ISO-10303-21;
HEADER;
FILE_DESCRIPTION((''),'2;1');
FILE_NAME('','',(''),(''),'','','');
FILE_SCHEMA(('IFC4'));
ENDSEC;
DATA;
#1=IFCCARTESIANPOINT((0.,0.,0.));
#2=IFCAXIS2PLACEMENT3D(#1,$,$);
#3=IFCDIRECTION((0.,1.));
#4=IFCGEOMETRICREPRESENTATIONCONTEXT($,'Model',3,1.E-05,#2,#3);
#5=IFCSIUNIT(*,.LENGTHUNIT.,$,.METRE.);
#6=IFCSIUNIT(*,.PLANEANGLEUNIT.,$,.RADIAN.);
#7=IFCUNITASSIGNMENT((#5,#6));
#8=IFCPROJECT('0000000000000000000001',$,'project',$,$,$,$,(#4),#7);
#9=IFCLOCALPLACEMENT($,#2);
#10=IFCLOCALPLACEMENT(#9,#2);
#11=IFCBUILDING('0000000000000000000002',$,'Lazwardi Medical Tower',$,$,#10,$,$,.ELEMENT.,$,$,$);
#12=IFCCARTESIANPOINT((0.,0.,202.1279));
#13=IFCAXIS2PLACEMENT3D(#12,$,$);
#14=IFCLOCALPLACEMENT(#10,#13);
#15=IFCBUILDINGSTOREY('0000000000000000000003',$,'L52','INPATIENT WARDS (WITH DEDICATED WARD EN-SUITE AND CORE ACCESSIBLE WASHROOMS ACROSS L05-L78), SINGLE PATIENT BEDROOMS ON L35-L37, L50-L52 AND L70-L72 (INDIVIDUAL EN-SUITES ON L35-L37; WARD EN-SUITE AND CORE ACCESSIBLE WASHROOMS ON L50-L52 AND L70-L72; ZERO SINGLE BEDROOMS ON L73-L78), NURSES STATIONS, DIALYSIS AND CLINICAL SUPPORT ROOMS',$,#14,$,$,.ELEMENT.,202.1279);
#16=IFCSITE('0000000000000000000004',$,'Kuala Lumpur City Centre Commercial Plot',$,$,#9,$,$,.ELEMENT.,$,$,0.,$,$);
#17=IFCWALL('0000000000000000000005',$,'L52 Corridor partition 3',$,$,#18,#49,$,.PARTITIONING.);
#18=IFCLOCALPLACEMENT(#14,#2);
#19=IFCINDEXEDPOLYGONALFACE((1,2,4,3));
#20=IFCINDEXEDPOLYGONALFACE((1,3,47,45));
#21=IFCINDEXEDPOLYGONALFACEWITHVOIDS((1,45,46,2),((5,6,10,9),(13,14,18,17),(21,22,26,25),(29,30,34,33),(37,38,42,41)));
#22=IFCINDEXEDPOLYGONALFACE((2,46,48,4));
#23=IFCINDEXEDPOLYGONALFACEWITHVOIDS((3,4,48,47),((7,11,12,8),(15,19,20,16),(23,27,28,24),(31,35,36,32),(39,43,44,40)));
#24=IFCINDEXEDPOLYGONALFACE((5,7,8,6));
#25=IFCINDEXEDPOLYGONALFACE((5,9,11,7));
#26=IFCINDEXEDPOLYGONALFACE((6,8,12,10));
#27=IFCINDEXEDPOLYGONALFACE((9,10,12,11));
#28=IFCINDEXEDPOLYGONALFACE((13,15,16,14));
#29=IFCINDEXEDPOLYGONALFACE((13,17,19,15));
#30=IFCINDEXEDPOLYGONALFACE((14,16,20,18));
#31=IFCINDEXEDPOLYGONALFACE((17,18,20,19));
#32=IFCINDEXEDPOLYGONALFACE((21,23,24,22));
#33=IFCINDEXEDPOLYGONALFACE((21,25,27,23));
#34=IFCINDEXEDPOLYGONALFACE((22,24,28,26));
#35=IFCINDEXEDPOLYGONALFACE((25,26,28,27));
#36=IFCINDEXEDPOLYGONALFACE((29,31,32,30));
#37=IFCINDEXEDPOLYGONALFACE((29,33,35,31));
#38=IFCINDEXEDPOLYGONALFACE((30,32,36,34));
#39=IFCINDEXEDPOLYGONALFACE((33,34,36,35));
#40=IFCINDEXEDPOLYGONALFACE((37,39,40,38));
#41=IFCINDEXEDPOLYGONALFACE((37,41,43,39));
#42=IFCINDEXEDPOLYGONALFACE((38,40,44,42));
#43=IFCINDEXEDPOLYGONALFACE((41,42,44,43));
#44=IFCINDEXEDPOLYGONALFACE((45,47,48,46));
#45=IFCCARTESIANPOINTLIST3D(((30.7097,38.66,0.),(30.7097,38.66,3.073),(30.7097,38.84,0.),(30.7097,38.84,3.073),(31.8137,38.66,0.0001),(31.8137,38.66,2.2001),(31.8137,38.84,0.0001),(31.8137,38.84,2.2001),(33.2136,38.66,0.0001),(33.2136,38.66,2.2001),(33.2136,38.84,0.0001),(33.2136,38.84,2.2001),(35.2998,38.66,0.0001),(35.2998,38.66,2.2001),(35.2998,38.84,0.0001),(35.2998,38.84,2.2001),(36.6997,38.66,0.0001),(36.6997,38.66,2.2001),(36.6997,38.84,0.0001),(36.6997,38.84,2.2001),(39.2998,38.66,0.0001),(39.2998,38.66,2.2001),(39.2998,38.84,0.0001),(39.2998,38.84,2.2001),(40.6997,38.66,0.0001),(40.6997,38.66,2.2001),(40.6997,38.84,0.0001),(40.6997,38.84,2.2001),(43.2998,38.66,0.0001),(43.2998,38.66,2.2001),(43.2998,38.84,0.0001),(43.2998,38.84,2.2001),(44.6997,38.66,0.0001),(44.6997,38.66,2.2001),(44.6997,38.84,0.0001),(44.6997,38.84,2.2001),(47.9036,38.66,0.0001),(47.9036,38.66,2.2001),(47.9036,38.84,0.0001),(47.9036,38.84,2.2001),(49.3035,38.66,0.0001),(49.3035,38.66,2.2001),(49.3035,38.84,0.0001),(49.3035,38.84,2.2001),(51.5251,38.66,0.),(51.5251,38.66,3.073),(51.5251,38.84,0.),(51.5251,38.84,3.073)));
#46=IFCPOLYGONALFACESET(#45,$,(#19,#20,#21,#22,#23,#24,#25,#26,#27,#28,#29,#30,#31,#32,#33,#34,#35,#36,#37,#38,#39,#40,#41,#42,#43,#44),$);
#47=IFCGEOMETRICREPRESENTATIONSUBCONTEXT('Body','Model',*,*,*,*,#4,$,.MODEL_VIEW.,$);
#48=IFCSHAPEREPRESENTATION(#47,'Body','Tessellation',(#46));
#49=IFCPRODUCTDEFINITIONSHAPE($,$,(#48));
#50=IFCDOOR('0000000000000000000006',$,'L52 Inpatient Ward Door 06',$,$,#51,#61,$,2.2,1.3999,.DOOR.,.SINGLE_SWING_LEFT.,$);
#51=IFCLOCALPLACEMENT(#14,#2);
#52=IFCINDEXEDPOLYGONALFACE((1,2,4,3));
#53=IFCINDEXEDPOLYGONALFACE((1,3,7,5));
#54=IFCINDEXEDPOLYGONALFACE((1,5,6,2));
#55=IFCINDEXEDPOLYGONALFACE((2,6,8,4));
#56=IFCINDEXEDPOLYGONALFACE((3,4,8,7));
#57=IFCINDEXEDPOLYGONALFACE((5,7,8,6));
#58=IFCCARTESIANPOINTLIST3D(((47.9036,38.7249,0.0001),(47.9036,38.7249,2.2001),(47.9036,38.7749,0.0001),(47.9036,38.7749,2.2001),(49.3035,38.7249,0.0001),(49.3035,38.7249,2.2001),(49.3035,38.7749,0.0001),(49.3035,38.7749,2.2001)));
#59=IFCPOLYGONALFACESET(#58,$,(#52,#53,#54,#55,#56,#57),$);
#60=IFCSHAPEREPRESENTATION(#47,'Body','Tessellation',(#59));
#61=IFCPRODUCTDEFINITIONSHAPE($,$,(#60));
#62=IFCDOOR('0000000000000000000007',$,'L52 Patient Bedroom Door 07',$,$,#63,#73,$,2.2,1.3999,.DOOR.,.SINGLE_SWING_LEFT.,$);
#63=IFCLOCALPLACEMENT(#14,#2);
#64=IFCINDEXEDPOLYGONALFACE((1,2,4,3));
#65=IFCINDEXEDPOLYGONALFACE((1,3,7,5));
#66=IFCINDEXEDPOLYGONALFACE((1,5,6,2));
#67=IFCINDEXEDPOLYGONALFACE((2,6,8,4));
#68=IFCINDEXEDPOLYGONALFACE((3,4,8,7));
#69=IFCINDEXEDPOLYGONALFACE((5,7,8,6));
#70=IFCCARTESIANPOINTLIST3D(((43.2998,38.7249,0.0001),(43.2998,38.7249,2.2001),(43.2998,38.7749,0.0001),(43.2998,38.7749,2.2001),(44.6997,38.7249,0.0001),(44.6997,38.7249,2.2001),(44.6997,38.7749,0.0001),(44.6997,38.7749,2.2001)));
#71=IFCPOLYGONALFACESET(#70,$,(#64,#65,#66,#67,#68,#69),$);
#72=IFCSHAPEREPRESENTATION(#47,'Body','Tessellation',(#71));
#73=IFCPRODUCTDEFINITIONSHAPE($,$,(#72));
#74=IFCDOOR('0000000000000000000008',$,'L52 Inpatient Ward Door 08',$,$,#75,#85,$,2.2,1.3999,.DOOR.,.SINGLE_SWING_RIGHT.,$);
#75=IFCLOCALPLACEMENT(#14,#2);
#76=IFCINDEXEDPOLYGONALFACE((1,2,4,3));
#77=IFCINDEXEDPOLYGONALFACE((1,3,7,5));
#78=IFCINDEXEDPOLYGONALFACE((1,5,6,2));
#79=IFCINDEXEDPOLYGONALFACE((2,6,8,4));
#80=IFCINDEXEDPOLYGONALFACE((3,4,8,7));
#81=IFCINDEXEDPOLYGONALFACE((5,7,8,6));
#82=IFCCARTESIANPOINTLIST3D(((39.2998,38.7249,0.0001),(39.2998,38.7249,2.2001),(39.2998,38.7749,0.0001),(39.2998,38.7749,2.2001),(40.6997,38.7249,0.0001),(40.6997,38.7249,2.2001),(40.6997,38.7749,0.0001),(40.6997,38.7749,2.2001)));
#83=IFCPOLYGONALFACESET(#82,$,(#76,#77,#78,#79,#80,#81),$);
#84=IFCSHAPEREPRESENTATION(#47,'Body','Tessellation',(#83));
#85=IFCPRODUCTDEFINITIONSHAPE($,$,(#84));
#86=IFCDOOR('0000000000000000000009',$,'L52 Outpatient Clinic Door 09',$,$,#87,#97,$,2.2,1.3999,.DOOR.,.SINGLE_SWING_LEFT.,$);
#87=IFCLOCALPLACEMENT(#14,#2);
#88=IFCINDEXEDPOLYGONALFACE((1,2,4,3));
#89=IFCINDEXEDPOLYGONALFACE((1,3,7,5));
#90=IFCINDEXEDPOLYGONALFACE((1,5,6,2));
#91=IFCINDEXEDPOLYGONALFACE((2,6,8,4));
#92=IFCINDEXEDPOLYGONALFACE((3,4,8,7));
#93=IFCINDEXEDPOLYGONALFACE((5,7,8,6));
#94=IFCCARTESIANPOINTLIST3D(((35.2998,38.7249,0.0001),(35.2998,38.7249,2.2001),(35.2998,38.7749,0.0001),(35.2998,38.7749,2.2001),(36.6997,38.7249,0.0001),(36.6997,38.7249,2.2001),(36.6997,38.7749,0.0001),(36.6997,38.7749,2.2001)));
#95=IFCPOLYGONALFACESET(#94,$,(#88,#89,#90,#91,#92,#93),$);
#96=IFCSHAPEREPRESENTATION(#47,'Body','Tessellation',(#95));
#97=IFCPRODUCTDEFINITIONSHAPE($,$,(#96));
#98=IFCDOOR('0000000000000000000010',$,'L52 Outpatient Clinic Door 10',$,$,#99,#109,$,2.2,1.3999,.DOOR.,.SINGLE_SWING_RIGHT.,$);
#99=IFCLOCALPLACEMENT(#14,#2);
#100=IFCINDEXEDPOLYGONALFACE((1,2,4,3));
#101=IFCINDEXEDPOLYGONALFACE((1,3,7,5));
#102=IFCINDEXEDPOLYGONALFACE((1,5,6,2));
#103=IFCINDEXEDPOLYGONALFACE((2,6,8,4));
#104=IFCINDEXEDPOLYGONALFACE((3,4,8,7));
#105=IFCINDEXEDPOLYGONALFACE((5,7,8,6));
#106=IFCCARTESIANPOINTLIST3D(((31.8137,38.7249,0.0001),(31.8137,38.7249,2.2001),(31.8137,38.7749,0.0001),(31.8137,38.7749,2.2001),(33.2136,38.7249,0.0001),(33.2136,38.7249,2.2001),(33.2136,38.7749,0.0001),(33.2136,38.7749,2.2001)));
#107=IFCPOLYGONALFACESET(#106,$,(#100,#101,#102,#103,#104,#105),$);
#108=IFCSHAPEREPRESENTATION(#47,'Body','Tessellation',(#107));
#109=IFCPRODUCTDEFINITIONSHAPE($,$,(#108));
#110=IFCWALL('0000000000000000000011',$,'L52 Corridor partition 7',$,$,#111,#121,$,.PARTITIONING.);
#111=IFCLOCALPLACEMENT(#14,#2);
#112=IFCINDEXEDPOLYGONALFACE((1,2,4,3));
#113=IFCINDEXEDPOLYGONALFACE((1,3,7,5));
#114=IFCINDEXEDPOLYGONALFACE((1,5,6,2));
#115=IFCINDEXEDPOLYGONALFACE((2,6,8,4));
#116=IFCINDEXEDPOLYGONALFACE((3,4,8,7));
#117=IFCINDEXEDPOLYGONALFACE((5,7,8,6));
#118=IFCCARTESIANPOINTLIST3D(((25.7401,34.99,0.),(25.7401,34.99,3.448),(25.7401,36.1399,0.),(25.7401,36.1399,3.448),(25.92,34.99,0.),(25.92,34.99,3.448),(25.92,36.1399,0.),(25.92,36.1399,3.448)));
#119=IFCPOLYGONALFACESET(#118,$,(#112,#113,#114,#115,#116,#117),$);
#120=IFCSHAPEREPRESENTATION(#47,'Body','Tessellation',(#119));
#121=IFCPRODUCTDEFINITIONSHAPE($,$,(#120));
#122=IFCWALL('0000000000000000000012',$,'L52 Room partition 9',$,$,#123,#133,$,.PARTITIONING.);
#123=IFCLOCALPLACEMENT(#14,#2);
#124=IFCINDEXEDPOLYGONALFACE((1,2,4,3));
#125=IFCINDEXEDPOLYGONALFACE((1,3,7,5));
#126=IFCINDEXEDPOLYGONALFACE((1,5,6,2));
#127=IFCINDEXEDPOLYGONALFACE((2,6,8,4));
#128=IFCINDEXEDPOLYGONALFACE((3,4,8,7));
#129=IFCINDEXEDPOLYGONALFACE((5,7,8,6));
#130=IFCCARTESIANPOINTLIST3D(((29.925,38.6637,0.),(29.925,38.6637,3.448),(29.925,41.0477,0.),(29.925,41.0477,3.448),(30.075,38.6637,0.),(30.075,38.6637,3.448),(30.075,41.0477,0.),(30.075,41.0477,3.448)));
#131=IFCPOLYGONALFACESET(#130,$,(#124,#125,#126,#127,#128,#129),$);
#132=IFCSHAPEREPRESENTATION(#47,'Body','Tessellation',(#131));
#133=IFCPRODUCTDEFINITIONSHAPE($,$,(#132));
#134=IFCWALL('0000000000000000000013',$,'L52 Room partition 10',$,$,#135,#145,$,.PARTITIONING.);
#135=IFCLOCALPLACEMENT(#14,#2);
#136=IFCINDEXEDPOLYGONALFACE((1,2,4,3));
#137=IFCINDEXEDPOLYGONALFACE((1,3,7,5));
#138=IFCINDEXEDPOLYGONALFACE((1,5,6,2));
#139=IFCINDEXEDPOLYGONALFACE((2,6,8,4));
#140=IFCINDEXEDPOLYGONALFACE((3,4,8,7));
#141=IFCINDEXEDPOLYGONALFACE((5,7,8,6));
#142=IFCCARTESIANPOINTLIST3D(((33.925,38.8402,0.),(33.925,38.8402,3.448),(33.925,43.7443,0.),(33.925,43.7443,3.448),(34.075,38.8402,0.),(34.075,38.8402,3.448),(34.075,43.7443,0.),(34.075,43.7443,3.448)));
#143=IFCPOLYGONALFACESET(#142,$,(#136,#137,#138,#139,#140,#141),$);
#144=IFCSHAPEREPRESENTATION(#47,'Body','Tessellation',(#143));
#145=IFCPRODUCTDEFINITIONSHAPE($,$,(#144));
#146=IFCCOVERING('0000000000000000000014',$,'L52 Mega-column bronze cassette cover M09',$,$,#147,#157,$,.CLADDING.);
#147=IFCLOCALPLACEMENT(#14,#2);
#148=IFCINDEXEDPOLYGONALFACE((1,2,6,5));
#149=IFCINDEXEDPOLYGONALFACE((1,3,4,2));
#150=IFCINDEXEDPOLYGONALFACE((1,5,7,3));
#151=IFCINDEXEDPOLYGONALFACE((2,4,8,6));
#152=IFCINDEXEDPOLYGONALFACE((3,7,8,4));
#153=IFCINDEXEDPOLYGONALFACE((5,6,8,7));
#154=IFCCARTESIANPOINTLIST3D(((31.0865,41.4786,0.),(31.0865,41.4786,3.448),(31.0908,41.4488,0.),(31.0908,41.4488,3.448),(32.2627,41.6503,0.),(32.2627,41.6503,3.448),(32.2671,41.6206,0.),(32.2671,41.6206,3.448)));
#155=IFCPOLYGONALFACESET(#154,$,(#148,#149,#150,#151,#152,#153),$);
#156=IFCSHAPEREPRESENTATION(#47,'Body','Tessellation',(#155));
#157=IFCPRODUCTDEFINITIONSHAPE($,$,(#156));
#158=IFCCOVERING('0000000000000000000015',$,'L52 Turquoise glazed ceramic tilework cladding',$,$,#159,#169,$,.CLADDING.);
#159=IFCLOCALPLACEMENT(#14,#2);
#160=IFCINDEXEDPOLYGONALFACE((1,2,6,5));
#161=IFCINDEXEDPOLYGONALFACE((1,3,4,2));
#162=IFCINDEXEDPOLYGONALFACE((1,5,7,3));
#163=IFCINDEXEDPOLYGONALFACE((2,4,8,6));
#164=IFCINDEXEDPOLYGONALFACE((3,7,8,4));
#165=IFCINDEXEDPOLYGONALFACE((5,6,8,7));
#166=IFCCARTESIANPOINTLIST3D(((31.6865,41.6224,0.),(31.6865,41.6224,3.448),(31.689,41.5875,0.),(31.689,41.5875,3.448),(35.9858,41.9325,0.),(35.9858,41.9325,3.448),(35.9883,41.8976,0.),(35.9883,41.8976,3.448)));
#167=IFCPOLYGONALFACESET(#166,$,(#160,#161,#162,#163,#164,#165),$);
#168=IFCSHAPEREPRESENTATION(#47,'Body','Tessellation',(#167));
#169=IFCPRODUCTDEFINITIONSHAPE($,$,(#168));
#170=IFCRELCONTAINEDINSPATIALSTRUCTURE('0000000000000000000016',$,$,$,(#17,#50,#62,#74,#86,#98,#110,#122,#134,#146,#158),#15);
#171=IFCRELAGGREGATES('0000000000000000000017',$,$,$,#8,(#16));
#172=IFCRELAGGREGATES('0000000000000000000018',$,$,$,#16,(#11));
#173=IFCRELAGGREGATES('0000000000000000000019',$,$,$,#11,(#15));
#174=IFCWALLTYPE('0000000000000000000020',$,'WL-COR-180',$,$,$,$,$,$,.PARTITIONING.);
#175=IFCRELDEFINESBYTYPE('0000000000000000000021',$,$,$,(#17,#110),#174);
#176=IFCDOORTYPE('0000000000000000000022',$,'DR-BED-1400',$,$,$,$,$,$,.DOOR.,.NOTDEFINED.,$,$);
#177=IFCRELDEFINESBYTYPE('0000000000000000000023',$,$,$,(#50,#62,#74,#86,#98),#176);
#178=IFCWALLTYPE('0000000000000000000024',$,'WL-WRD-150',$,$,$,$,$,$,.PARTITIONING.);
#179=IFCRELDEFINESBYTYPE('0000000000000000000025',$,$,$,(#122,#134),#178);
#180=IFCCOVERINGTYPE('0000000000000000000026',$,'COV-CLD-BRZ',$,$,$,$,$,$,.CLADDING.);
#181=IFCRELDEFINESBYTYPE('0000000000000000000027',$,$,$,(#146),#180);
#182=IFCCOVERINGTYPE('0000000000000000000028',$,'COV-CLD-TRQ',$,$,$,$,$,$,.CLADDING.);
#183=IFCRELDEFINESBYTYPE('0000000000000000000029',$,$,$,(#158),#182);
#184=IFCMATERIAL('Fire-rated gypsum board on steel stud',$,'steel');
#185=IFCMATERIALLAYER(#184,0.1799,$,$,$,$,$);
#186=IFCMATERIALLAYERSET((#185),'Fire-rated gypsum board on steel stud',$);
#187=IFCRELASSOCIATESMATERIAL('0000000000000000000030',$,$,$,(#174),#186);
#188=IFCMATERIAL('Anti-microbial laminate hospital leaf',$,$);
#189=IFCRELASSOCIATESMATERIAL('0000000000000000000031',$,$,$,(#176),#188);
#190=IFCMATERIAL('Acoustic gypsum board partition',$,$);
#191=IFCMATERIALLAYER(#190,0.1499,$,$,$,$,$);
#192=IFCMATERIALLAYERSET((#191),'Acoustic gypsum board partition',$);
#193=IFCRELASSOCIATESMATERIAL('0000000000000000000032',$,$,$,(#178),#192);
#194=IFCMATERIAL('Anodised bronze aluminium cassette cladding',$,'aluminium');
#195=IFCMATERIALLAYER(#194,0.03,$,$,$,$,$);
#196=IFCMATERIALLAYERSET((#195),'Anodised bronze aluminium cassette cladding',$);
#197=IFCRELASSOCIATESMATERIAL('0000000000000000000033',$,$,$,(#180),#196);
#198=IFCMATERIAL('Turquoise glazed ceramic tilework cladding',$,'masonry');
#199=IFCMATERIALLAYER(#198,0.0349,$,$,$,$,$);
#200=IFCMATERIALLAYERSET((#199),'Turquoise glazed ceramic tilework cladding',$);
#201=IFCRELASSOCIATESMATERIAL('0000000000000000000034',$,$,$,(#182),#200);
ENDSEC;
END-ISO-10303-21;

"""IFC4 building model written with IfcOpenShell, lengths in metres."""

from ifc_helpers import new_model, si_unit, direction, frame, frame_2d, origin, origin_2d, place, context, subcontext, project, spatial, rectangle, extrude, material, layer, layer_set, type_object, element, fill, save


model = new_model("IFC4")

# Units and contexts
model_context = context("Model", 3, precision=1e-05, world=origin(), true_north=direction((0.0, 1.0)))
body_context = subcontext(model_context, "Body", "Model", "MODEL_VIEW")
ifc_project = project(units=[si_unit("LENGTHUNIT", "METRE"), si_unit("PLANEANGLEUNIT", "RADIAN")], contexts=[model_context])

# Site, building, storey
site_placement = place(None, origin())
site = spatial("IfcSite", under=ifc_project, at=site_placement, Name="Kuala Lumpur City Centre Commercial Plot", CompositionType="ELEMENT", RefElevation=0.0)
building_placement = place(site_placement, origin())
building = spatial("IfcBuilding", under=site, at=building_placement, Name="Lazwardi Medical Tower", CompositionType="ELEMENT")
storey_placement = place(building_placement, frame((0.0, 0.0, 202.1279)))
storey = spatial("IfcBuildingStorey", under=building, at=storey_placement, Name="L52", Description="INPATIENT WARDS (WITH DEDICATED WARD EN-SUITE AND CORE ACCESSIBLE WASHROOMS ACROSS L05-L78), SINGLE PATIENT BEDROOMS ON L35-L37, L50-L52 AND L70-L72 (INDIVIDUAL EN-SUITES ON L35-L37; WARD EN-SUITE AND CORE ACCESSIBLE WASHROOMS ON L50-L52 AND L70-L72; ZERO SINGLE BEDROOMS ON L73-L78), NURSES STATIONS, DIALYSIS AND CLINICAL SUPPORT ROOMS", CompositionType="ELEMENT", Elevation=202.1279)

# Shared definitions
ifc_material_1 = material(Name="Fire-rated gypsum board on steel stud", Category="steel")
ifc_layer_1 = layer(ifc_material_1, 0.1799)
ifc_layer_set_1 = layer_set([ifc_layer_1], Name="Fire-rated gypsum board on steel stud")
wall_type_1 = type_object("IfcWallType", Name="WL-COR-180", PredefinedType="PARTITIONING", material=ifc_layer_set_1)

# Wall, openings, doors
wall_1_placement = place(storey_placement, frame((30.7097, 38.75, 0.0), z_axis=(0.0, 0.0, 1.0), x_axis=(1.0, 0.0, 0.0)))
wall_1 = element("IfcWall", 1, at=wall_1_placement, inside=storey, type_object=wall_type_1, Name="L52 Corridor partition 3", PredefinedType="PARTITIONING", context=body_context, shape_type="SweptSolid", body=[
    extrude(rectangle(XDim=20.8154, YDim=0.1799, at=frame_2d((10.4077, 0.0))), origin(), (0.0, 0.0, 1.0), 3.073),
])
opening_1_placement = place(wall_1_placement, frame((17.1938, 0.0, 0.0)))
opening_1 = element("IfcOpeningElement", 2, at=opening_1_placement, cuts=wall_1, PredefinedType="OPENING", context=body_context, shape_type="SweptSolid", body=[
    extrude(rectangle(XDim=1.3999, YDim=2.2, at=frame_2d((0.7, 1.1001))), frame((0.0, 0.0999, 0.0), z_axis=(0.0, -1.0, 0.0), x_axis=(1.0, 0.0, 0.0)), (0.0, 0.0, 1.0), 0.2),
])
opening_2_placement = place(wall_1_placement, frame((12.5901, 0.0, 0.0)))
opening_2 = element("IfcOpeningElement", 3, at=opening_2_placement, cuts=wall_1, PredefinedType="OPENING", context=body_context, shape_type="SweptSolid", body=[
    extrude(rectangle(XDim=1.3999, YDim=2.2, at=frame_2d((0.7, 1.1001))), frame((0.0, 0.0999, 0.0), z_axis=(0.0, -1.0, 0.0), x_axis=(1.0, 0.0, 0.0)), (0.0, 0.0, 1.0), 0.2),
])
opening_3_placement = place(wall_1_placement, frame((8.5901, 0.0, 0.0)))
opening_3 = element("IfcOpeningElement", 4, at=opening_3_placement, cuts=wall_1, PredefinedType="OPENING", context=body_context, shape_type="SweptSolid", body=[
    extrude(rectangle(XDim=1.3999, YDim=2.2, at=frame_2d((0.7, 1.1001))), frame((0.0, 0.0999, 0.0), z_axis=(0.0, -1.0, 0.0), x_axis=(1.0, 0.0, 0.0)), (0.0, 0.0, 1.0), 0.2),
])
opening_4_placement = place(wall_1_placement, frame((4.5901, 0.0, 0.0)))
opening_4 = element("IfcOpeningElement", 5, at=opening_4_placement, cuts=wall_1, PredefinedType="OPENING", context=body_context, shape_type="SweptSolid", body=[
    extrude(rectangle(XDim=1.3999, YDim=2.2, at=frame_2d((0.7, 1.1001))), frame((0.0, 0.0999, 0.0), z_axis=(0.0, -1.0, 0.0), x_axis=(1.0, 0.0, 0.0)), (0.0, 0.0, 1.0), 0.2),
])
opening_5_placement = place(wall_1_placement, frame((1.104, 0.0, 0.0)))
opening_5 = element("IfcOpeningElement", 6, at=opening_5_placement, cuts=wall_1, PredefinedType="OPENING", context=body_context, shape_type="SweptSolid", body=[
    extrude(rectangle(XDim=1.3999, YDim=2.2, at=frame_2d((0.7, 1.1001))), frame((0.0, 0.0999, 0.0), z_axis=(0.0, -1.0, 0.0), x_axis=(1.0, 0.0, 0.0)), (0.0, 0.0, 1.0), 0.2),
])
ifc_material_2 = material(Name="Anti-microbial laminate hospital leaf")
door_type = type_object("IfcDoorType", Name="DR-BED-1400", OperationType="NOTDEFINED", PredefinedType="DOOR", material=ifc_material_2)
door_1_placement = place(opening_1_placement, origin())
door_1 = element("IfcDoor", 7, at=door_1_placement, inside=storey, type_object=door_type, Name="L52 Inpatient Ward Door 06", OperationType="SINGLE_SWING_LEFT", OverallHeight=2.2, OverallWidth=1.3999, PredefinedType="DOOR", context=body_context, shape_type="SweptSolid", body=[
    extrude(rectangle(XDim=1.3999, YDim=2.2, at=frame_2d((0.7, 1.1001))), frame((0.0, 0.0249, 0.0), z_axis=(0.0, -1.0, 0.0), x_axis=(1.0, 0.0, 0.0)), (0.0, 0.0, 1.0), 0.05),
])
fill(opening_1, door_1)
door_2_placement = place(opening_2_placement, origin())
door_2 = element("IfcDoor", 8, at=door_2_placement, inside=storey, type_object=door_type, Name="L52 Patient Bedroom Door 07", OperationType="SINGLE_SWING_LEFT", OverallHeight=2.2, OverallWidth=1.3999, PredefinedType="DOOR", context=body_context, shape_type="SweptSolid", body=[
    extrude(rectangle(XDim=1.3999, YDim=2.2, at=frame_2d((0.7, 1.1001))), frame((0.0, 0.0249, 0.0), z_axis=(0.0, -1.0, 0.0), x_axis=(1.0, 0.0, 0.0)), (0.0, 0.0, 1.0), 0.05),
])
fill(opening_2, door_2)
door_3_placement = place(opening_3_placement, origin())
door_3 = element("IfcDoor", 9, at=door_3_placement, inside=storey, type_object=door_type, Name="L52 Inpatient Ward Door 08", OperationType="SINGLE_SWING_RIGHT", OverallHeight=2.2, OverallWidth=1.3999, PredefinedType="DOOR", context=body_context, shape_type="SweptSolid", body=[
    extrude(rectangle(XDim=1.3999, YDim=2.2, at=frame_2d((0.7, 1.1001))), frame((0.0, 0.0249, 0.0), z_axis=(0.0, -1.0, 0.0), x_axis=(1.0, 0.0, 0.0)), (0.0, 0.0, 1.0), 0.05),
])
fill(opening_3, door_3)
door_4_placement = place(opening_4_placement, origin())
door_4 = element("IfcDoor", 10, at=door_4_placement, inside=storey, type_object=door_type, Name="L52 Outpatient Clinic Door 09", OperationType="SINGLE_SWING_LEFT", OverallHeight=2.2, OverallWidth=1.3999, PredefinedType="DOOR", context=body_context, shape_type="SweptSolid", body=[
    extrude(rectangle(XDim=1.3999, YDim=2.2, at=frame_2d((0.7, 1.1001))), frame((0.0, 0.0249, 0.0), z_axis=(0.0, -1.0, 0.0), x_axis=(1.0, 0.0, 0.0)), (0.0, 0.0, 1.0), 0.05),
])
fill(opening_4, door_4)
door_5_placement = place(opening_5_placement, origin())
door_5 = element("IfcDoor", 11, at=door_5_placement, inside=storey, type_object=door_type, Name="L52 Outpatient Clinic Door 10", OperationType="SINGLE_SWING_RIGHT", OverallHeight=2.2, OverallWidth=1.3999, PredefinedType="DOOR", context=body_context, shape_type="SweptSolid", body=[
    extrude(rectangle(XDim=1.3999, YDim=2.2, at=frame_2d((0.7, 1.1001))), frame((0.0, 0.0249, 0.0), z_axis=(0.0, -1.0, 0.0), x_axis=(1.0, 0.0, 0.0)), (0.0, 0.0, 1.0), 0.05),
])
fill(opening_5, door_5)

# Walls
wall_2_placement = place(storey_placement, frame((25.8301, 36.1399, 0.0), z_axis=(0.0, 0.0, 1.0), x_axis=(0.0, -1.0, 0.0)))
element("IfcWall", 12, at=wall_2_placement, inside=storey, type_object=wall_type_1, Name="L52 Corridor partition 7", PredefinedType="PARTITIONING", context=body_context, shape_type="SweptSolid", body=[
    extrude(rectangle(XDim=1.1499, YDim=0.1799, at=frame_2d((0.575, 0.0))), origin(), (0.0, 0.0, 1.0), 3.448),
])
ifc_material_3 = material(Name="Acoustic gypsum board partition")
ifc_layer_2 = layer(ifc_material_3, 0.1499)
ifc_layer_set_2 = layer_set([ifc_layer_2], Name="Acoustic gypsum board partition")
wall_type_2 = type_object("IfcWallType", Name="WL-WRD-150", PredefinedType="PARTITIONING", material=ifc_layer_set_2)
wall_3_placement = place(storey_placement, frame((30.0, 38.6638, 0.0), z_axis=(0.0, 0.0, 1.0), x_axis=(0.0, 1.0, 0.0)))
element("IfcWall", 13, at=wall_3_placement, inside=storey, type_object=wall_type_2, Name="L52 Room partition 9", PredefinedType="PARTITIONING", context=body_context, shape_type="SweptSolid", body=[
    extrude(rectangle(XDim=2.384, YDim=0.1499, at=frame_2d((1.1919, 0.0))), origin(), (0.0, 0.0, 1.0), 3.448),
])
wall_4_placement = place(storey_placement, frame((34.0, 38.8401, 0.0), z_axis=(0.0, 0.0, 1.0), x_axis=(0.0, 1.0, 0.0)))
element("IfcWall", 14, at=wall_4_placement, inside=storey, type_object=wall_type_2, Name="L52 Room partition 10", PredefinedType="PARTITIONING", context=body_context, shape_type="SweptSolid", body=[
    extrude(rectangle(XDim=4.9041, YDim=0.1499, at=frame_2d((2.4521, 0.0))), origin(), (0.0, 0.0, 1.0), 3.448),
])

# Coverings
ifc_material_4 = material(Name="Anodised bronze aluminium cassette cladding", Category="aluminium")
ifc_layer_3 = layer(ifc_material_4, 0.03)
ifc_layer_set_3 = layer_set([ifc_layer_3], Name="Anodised bronze aluminium cassette cladding")
covering_type_1 = type_object("IfcCoveringType", Name="COV-CLD-BRZ", PredefinedType="CLADDING", material=ifc_layer_set_3)
covering_1_placement = place(storey_placement, frame((31.6768, 41.5496, 0.0), z_axis=(0.0, 0.0, 1.0), x_axis=(-0.989512, -0.144448, 0.0)))
element("IfcCovering", 15, at=covering_1_placement, inside=storey, type_object=covering_type_1, Name="L52 Mega-column bronze cassette cover M09", PredefinedType="CLADDING", context=body_context, shape_type="SweptSolid", body=[
    extrude(rectangle(XDim=1.1887, YDim=0.03, at=origin_2d()), origin(), (0.0, 0.0, 1.0), 3.448),
])
ifc_material_5 = material(Name="Turquoise glazed ceramic tilework cladding", Category="masonry")
ifc_layer_4 = layer(ifc_material_5, 0.0349)
ifc_layer_set_4 = layer_set([ifc_layer_4], Name="Turquoise glazed ceramic tilework cladding")
covering_type_2 = type_object("IfcCoveringType", Name="COV-CLD-TRQ", PredefinedType="CLADDING", material=ifc_layer_set_4)
covering_2_placement = place(storey_placement, frame((33.8374, 41.76, 0.0), z_axis=(0.0, 0.0, 1.0), x_axis=(-0.997409, -0.07194, 0.0)))
element("IfcCovering", 16, at=covering_2_placement, inside=storey, type_object=covering_type_2, Name="L52 Turquoise glazed ceramic tilework cladding", PredefinedType="CLADDING", context=body_context, shape_type="SweptSolid", body=[
    extrude(rectangle(XDim=4.3105, YDim=0.0349, at=origin_2d()), origin(), (0.0, 0.0, 1.0), 3.448),
])

save(model, "model.ifc")
